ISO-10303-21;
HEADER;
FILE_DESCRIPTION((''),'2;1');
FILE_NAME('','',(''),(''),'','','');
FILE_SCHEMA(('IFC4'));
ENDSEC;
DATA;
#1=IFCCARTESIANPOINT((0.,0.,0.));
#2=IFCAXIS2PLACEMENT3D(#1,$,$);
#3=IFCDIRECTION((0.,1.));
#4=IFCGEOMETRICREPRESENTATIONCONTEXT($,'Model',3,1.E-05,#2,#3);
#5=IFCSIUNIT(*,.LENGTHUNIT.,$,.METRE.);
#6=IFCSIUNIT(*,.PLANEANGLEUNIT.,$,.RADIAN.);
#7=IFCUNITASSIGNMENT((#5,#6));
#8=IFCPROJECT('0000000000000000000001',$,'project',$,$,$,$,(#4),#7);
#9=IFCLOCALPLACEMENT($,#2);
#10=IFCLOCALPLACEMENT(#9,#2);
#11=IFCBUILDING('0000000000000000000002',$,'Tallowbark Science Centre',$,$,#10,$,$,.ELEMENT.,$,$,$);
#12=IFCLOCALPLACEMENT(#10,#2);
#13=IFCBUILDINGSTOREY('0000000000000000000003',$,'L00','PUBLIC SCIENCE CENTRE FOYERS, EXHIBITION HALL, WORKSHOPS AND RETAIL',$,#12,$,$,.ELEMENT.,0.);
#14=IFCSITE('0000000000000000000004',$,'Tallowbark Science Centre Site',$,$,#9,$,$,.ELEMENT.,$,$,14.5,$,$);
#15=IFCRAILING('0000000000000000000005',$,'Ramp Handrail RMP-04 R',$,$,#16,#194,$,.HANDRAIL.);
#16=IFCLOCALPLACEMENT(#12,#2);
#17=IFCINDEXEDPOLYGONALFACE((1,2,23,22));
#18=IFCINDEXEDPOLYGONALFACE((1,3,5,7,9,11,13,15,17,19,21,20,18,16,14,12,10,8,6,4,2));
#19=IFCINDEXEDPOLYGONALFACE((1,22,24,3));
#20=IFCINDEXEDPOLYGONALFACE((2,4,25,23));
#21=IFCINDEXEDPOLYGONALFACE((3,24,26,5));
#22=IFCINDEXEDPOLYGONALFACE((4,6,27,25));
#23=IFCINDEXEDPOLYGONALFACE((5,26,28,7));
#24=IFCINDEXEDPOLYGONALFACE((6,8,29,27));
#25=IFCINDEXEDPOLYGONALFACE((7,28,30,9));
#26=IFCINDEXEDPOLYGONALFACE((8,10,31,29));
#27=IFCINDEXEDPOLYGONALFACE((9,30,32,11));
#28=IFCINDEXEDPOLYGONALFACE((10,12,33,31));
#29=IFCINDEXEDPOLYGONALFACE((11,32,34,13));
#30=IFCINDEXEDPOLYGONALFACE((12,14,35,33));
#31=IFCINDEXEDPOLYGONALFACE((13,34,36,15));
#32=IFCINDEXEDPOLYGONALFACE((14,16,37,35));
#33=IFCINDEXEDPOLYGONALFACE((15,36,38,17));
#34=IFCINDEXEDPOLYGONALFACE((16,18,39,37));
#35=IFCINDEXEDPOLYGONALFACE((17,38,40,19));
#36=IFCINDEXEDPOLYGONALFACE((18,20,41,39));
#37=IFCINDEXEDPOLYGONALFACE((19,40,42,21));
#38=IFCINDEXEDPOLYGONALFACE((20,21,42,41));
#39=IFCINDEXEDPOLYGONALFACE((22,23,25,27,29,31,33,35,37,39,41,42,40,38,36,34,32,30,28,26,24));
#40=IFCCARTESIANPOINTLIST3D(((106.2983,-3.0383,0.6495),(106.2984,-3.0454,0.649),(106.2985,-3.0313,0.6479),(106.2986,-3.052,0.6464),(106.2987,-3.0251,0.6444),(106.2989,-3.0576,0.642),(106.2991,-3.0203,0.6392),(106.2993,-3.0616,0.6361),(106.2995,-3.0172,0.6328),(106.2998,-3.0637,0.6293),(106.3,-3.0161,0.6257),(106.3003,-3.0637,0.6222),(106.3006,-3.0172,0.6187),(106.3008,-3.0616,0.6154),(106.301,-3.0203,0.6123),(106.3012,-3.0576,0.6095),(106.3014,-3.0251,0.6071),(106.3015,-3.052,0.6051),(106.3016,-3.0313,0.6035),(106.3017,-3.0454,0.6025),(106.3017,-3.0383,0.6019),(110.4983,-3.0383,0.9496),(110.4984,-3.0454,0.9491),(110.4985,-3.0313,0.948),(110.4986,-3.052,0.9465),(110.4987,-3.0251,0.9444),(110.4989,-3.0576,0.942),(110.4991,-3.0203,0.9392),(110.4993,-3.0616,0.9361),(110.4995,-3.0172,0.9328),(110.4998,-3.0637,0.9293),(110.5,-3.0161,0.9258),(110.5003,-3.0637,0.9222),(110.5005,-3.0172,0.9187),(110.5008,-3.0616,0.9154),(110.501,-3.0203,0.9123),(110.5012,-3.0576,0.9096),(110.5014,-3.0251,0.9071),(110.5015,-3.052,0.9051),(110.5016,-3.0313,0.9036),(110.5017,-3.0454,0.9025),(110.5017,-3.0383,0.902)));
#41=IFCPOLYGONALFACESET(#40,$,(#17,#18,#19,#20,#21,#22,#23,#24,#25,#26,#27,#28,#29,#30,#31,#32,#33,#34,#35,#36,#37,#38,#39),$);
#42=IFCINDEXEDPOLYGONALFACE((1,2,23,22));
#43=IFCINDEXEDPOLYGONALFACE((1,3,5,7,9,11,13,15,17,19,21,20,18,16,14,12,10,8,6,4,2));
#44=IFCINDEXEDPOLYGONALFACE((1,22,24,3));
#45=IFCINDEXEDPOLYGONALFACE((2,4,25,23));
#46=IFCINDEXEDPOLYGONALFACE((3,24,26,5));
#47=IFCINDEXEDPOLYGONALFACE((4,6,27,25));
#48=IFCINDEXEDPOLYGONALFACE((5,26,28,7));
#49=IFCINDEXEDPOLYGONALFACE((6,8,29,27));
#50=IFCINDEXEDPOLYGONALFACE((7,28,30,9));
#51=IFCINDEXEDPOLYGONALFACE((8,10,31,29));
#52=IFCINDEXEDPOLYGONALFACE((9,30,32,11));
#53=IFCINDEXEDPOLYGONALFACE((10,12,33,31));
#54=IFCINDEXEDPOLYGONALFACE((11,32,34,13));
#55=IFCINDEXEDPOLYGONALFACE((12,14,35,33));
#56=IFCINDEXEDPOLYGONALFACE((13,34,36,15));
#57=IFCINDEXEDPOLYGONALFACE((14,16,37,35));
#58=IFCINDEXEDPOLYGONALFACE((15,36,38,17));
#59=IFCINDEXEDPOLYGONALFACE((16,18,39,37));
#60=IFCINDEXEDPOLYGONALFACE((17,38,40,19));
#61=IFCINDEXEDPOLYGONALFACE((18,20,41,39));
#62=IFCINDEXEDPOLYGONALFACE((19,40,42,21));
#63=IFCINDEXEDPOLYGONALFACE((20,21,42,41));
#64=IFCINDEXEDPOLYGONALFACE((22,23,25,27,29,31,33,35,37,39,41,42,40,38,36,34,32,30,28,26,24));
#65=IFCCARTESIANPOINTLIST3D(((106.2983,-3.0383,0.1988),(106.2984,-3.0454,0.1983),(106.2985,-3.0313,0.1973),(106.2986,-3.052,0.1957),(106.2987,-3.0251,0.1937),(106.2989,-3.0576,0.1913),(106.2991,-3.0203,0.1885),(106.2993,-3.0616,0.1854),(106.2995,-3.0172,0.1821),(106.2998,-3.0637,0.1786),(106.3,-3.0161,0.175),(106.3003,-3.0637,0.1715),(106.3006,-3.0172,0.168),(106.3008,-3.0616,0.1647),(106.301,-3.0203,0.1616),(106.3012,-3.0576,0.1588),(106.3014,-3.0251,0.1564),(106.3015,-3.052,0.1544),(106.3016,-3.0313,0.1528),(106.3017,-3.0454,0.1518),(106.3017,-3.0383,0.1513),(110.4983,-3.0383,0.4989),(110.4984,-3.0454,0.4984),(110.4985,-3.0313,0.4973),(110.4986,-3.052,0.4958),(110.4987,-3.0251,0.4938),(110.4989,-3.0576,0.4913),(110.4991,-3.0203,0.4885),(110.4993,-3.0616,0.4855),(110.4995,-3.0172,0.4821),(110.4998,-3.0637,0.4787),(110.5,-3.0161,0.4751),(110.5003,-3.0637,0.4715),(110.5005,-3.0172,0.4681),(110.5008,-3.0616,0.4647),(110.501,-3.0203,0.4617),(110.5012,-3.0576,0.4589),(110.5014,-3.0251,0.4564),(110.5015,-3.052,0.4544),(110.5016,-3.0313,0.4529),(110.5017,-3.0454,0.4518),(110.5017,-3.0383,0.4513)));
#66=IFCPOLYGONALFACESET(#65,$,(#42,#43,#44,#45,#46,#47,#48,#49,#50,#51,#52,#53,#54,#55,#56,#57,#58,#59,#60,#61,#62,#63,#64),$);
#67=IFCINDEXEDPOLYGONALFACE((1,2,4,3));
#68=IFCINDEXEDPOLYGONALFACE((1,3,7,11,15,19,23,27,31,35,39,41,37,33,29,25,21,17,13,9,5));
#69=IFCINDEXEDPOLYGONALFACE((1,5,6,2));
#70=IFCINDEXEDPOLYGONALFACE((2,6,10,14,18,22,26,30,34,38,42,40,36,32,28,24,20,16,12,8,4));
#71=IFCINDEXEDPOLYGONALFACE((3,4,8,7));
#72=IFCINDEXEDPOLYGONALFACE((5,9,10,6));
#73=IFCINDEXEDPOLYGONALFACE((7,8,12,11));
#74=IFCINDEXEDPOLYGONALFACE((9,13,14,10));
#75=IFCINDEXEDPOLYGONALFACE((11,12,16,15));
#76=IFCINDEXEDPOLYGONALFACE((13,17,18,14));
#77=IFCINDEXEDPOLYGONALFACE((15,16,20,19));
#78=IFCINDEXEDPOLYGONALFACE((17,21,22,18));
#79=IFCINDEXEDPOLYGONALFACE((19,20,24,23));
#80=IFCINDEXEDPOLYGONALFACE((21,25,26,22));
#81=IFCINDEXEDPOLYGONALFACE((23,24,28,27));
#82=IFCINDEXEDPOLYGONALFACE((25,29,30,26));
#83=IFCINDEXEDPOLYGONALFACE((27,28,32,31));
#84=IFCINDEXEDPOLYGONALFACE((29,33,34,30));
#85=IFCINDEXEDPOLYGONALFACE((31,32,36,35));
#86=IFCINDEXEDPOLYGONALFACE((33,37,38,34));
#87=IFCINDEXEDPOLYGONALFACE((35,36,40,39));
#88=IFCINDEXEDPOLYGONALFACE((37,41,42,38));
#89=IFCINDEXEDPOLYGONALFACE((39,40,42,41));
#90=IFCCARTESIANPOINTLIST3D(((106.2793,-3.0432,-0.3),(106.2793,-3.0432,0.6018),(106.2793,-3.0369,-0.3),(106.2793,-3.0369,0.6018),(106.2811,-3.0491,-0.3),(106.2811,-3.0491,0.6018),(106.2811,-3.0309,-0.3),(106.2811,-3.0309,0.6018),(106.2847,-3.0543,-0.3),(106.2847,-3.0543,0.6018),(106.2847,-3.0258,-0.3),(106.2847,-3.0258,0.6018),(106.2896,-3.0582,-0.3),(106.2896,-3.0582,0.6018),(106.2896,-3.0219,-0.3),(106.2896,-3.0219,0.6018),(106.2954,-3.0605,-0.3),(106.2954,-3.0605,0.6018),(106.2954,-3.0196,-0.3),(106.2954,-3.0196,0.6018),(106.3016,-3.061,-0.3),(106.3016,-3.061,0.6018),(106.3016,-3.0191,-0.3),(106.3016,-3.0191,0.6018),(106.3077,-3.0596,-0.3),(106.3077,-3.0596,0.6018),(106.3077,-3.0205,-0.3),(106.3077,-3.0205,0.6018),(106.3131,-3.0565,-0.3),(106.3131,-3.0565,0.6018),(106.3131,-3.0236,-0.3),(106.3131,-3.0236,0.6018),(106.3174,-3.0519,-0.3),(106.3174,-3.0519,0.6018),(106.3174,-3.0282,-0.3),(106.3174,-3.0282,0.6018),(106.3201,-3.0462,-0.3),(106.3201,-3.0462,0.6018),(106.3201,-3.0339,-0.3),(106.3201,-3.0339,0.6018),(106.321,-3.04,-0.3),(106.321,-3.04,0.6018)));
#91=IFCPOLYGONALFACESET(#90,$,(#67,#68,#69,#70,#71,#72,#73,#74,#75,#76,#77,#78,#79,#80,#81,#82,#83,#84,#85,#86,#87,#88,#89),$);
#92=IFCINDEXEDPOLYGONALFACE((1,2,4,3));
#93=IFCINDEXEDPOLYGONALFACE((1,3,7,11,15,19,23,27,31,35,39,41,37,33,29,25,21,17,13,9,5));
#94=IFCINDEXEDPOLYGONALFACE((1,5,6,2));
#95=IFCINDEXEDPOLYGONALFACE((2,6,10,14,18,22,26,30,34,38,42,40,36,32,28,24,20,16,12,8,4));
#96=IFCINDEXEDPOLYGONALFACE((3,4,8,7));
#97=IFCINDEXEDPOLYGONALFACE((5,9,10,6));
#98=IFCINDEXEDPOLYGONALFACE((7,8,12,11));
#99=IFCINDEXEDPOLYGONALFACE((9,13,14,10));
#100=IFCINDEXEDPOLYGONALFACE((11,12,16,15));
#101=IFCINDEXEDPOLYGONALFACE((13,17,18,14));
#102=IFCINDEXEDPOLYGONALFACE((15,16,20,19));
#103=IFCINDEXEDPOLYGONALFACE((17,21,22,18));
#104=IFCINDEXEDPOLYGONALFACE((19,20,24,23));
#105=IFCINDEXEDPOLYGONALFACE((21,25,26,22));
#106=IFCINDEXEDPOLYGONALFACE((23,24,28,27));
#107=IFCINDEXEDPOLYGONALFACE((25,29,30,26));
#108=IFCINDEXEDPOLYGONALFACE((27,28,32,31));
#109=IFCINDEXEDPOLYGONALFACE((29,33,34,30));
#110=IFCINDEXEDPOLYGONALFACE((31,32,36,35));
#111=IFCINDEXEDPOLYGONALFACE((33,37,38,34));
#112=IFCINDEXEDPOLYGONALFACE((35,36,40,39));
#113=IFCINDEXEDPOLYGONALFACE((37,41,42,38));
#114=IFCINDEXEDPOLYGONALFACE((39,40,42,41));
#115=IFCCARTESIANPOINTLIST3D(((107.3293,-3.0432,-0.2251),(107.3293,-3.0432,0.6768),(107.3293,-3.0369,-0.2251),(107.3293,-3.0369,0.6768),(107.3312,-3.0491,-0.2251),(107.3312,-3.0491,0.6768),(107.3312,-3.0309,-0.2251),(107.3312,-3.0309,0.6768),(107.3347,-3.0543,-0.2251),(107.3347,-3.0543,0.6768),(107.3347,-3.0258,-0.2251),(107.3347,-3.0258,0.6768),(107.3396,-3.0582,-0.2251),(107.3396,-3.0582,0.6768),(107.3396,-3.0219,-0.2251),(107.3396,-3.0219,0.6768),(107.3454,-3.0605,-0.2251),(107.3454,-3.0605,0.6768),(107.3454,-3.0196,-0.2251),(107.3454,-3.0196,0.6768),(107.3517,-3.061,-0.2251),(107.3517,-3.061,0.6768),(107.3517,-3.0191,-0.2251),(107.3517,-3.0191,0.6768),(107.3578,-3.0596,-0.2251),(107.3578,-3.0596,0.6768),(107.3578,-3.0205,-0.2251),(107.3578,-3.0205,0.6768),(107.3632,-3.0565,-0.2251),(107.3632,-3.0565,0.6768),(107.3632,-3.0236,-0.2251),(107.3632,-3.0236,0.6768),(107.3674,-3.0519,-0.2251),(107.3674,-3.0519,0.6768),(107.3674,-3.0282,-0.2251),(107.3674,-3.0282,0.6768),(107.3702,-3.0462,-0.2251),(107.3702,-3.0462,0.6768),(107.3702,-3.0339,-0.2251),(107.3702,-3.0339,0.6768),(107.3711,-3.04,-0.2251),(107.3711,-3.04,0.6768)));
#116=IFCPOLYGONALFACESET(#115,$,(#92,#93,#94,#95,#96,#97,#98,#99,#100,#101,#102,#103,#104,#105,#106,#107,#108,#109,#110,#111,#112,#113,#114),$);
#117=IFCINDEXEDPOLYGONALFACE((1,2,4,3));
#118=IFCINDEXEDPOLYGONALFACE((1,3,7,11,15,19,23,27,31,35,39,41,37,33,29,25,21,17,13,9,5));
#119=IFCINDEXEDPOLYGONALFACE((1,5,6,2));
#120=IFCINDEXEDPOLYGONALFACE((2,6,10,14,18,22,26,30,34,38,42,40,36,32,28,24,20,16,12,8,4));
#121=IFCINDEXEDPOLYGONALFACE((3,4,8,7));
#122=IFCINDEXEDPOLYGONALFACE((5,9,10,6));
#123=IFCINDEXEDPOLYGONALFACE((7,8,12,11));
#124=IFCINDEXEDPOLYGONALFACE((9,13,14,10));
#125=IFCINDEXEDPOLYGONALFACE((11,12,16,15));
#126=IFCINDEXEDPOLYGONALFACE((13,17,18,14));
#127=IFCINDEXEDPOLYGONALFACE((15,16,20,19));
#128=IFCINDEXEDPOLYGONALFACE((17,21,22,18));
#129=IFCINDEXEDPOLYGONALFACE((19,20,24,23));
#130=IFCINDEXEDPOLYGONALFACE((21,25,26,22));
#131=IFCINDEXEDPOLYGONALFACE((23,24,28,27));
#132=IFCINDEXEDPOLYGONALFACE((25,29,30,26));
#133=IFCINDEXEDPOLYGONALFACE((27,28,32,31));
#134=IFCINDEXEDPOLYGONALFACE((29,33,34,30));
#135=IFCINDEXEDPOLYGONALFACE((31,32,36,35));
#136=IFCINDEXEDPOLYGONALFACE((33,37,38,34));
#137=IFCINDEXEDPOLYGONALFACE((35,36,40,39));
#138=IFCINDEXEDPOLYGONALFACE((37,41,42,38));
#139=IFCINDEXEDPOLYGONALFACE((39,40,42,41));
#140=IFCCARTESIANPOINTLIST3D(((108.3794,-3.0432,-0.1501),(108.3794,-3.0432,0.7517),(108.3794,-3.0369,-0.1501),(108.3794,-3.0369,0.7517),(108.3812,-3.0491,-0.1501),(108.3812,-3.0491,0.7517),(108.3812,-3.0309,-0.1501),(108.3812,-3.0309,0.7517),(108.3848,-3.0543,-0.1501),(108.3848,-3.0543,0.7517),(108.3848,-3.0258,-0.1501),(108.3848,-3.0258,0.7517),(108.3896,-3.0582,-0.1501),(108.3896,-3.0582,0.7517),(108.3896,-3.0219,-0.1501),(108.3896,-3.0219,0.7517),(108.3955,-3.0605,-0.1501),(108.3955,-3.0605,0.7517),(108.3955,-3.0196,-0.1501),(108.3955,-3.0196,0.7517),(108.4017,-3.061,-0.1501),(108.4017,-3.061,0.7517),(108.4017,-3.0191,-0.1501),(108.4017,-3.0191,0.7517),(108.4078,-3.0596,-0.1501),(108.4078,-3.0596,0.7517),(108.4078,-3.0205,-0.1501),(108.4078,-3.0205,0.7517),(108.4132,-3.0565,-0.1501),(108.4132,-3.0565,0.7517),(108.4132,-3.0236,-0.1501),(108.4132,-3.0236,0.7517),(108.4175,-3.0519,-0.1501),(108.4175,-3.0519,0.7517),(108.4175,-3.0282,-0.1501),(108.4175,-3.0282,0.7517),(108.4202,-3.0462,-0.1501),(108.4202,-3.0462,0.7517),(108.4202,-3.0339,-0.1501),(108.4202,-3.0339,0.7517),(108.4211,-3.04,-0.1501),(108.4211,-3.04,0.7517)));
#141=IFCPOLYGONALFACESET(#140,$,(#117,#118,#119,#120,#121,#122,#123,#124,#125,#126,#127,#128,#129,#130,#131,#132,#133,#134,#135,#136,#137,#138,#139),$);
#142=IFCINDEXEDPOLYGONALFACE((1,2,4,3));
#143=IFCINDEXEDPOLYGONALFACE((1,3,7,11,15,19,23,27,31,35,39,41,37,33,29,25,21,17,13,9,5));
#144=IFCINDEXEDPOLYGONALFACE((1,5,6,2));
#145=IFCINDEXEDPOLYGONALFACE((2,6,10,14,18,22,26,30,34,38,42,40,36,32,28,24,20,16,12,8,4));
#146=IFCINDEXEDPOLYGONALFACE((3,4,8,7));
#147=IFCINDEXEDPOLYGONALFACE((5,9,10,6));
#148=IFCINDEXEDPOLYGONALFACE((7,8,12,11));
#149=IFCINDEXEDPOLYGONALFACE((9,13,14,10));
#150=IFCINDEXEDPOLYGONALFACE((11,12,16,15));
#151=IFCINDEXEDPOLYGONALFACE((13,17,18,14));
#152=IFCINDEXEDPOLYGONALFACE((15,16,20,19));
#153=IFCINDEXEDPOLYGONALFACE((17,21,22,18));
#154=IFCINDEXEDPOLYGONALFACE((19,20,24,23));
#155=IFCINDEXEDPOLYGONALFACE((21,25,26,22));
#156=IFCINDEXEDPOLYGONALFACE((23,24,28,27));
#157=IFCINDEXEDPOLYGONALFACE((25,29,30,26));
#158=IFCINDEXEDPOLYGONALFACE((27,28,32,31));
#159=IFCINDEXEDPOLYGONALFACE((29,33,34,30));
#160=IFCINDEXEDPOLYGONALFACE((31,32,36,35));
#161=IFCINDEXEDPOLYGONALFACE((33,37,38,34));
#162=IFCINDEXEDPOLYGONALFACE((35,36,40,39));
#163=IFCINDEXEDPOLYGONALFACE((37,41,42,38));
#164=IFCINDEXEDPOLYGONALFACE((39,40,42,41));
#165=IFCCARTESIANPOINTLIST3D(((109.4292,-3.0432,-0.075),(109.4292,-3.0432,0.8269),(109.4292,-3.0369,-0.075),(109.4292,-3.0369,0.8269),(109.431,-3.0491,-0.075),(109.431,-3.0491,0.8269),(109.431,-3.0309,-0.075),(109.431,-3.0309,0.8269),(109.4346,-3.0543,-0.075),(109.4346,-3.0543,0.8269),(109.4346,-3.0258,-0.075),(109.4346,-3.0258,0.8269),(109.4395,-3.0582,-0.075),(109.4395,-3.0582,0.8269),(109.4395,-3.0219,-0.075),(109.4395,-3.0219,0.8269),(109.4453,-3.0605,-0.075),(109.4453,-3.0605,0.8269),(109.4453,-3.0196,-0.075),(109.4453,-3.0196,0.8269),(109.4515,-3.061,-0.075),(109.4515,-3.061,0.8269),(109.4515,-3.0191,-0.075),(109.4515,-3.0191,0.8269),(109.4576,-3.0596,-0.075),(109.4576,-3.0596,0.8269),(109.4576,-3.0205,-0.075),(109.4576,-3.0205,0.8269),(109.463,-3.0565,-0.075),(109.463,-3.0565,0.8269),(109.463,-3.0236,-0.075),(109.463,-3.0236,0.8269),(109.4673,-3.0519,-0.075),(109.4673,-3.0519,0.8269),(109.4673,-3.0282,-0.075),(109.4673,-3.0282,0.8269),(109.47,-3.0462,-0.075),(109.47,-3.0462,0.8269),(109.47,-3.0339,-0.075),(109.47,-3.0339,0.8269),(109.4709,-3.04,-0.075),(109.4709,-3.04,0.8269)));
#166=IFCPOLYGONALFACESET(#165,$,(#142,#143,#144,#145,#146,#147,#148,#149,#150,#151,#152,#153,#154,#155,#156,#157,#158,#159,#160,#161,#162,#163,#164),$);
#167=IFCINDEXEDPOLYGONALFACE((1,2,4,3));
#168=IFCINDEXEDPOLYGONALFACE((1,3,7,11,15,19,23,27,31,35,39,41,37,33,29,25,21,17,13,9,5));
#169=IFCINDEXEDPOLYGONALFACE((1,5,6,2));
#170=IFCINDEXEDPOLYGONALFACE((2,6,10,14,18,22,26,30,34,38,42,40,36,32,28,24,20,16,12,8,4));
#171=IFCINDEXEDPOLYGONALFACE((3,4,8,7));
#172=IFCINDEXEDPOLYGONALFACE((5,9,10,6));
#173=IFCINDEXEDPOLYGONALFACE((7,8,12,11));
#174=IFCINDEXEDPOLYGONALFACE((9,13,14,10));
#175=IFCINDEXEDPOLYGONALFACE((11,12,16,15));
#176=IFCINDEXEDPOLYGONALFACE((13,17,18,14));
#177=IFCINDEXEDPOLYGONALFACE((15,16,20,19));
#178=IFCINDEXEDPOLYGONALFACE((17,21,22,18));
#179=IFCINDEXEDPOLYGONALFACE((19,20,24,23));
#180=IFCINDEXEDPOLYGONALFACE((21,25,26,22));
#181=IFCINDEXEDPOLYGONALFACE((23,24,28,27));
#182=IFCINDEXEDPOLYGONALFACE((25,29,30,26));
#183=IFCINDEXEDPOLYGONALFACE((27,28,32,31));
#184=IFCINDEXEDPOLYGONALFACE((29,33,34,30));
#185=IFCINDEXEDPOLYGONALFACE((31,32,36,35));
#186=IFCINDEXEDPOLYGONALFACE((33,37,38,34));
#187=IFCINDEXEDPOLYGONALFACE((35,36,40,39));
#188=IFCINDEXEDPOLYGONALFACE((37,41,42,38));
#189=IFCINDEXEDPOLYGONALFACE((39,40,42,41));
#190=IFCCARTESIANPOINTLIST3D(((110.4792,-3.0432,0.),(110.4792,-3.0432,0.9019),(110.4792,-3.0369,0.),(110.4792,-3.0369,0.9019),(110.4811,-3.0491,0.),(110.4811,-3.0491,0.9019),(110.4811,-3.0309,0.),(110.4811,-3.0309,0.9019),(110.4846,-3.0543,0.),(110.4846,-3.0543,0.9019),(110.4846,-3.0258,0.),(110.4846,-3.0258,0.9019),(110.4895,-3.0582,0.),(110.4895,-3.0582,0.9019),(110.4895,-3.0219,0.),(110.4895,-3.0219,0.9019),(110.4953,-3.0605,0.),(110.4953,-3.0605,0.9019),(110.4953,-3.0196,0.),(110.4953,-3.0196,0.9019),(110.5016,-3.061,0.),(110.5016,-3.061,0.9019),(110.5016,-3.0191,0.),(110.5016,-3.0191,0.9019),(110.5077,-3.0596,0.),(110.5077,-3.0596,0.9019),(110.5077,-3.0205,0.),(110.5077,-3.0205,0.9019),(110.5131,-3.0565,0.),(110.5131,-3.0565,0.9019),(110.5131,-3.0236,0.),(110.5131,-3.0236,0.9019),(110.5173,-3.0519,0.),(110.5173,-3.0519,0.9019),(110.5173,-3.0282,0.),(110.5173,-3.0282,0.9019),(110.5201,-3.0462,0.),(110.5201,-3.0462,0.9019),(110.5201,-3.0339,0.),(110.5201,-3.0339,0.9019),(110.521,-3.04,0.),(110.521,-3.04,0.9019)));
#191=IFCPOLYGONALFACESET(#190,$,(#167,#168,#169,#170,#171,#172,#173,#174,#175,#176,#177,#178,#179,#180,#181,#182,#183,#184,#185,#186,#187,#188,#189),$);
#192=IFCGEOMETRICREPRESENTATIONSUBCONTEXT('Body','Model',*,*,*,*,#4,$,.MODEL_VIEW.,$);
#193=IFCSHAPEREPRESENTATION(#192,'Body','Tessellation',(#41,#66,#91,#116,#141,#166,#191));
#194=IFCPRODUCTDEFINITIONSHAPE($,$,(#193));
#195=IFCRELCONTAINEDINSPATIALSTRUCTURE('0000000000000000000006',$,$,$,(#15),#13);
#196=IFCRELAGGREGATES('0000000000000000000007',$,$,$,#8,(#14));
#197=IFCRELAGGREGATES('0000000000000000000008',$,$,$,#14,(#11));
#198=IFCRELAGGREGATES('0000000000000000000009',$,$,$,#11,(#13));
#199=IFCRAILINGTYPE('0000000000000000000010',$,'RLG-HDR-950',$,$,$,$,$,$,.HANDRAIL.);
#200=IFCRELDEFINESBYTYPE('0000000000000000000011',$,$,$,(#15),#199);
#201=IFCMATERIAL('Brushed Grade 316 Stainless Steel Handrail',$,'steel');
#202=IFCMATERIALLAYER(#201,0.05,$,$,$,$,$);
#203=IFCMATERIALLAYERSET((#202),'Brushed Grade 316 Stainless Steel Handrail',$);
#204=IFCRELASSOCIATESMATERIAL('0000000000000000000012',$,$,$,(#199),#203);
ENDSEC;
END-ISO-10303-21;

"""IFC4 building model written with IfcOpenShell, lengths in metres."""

from ifc_helpers import new_model, si_unit, direction, frame, origin, origin_2d, place, context, subcontext, project, spatial, circle, extrude, material, layer, layer_set, type_object, element, save


model = new_model("IFC4")

# Units and contexts
model_context = context("Model", 3, precision=1e-05, world=origin(), true_north=direction((0.0, 1.0)))
body_context = subcontext(model_context, "Body", "Model", "MODEL_VIEW")
ifc_project = project(units=[si_unit("LENGTHUNIT", "METRE"), si_unit("PLANEANGLEUNIT", "RADIAN")], contexts=[model_context])

# Site, building, storey
site_placement = place(None, origin())
site = spatial("IfcSite", under=ifc_project, at=site_placement, Name="Tallowbark Science Centre Site", CompositionType="ELEMENT", RefElevation=14.5)
building_placement = place(site_placement, origin())
building = spatial("IfcBuilding", under=site, at=building_placement, Name="Tallowbark Science Centre", CompositionType="ELEMENT")
storey_placement = place(building_placement, origin())
storey = spatial("IfcBuildingStorey", under=building, at=storey_placement, Name="L00", Description="PUBLIC SCIENCE CENTRE FOYERS, EXHIBITION HALL, WORKSHOPS AND RETAIL", CompositionType="ELEMENT", Elevation=0.0)

# Railing
ifc_material_1 = material(Name="Brushed Grade 316 Stainless Steel Handrail", Category="steel")
ifc_layer_1 = layer(ifc_material_1, 0.05)
ifc_layer_set_1 = layer_set([ifc_layer_1], Name="Brushed Grade 316 Stainless Steel Handrail")
railing_type = type_object("IfcRailingType", Name="RLG-HDR-950", PredefinedType="HANDRAIL", material=ifc_layer_set_1)
for number, where, name in (
    (1, (106.3, -3.04, -0.3), "Ramp Handrail RMP-04 R"),
):
    element("IfcRailing", number, at=place(storey_placement, frame(where)), inside=storey, type_object=railing_type, Name=name, PredefinedType="HANDRAIL", context=body_context, shape_type="SweptSolid", body=[
        extrude(circle(Radius=0.0239, at=origin_2d()), frame((0.0, 0.0, 0.9258), z_axis=(0.997458, 0.0, 0.071259), x_axis=(0.0, 1.0, 0.0)), (0.0, 0.0, 1.0), 4.2107),
        extrude(circle(Radius=0.0239, at=origin_2d()), frame((0.0, 0.0, 0.4751), z_axis=(0.997458, 0.0, 0.071259), x_axis=(0.0, 1.0, 0.0)), (0.0, 0.0, 1.0), 4.2107),
        extrude(circle(Radius=0.021, at=origin_2d()), origin(), (0.0, 0.0, 1.0), 0.9019),
        extrude(circle(Radius=0.021, at=origin_2d()), frame((1.05, 0.0, 0.075)), (0.0, 0.0, 1.0), 0.9019),
        extrude(circle(Radius=0.021, at=origin_2d()), frame((2.1001, 0.0, 0.1499)), (0.0, 0.0, 1.0), 0.9019),
        extrude(circle(Radius=0.021, at=origin_2d()), frame((3.1499, 0.0, 0.2251)), (0.0, 0.0, 1.0), 0.9019),
        extrude(circle(Radius=0.021, at=origin_2d()), frame((4.2, 0.0, 0.3)), (0.0, 0.0, 1.0), 0.9019),
    ])

save(model, "model.ifc")
